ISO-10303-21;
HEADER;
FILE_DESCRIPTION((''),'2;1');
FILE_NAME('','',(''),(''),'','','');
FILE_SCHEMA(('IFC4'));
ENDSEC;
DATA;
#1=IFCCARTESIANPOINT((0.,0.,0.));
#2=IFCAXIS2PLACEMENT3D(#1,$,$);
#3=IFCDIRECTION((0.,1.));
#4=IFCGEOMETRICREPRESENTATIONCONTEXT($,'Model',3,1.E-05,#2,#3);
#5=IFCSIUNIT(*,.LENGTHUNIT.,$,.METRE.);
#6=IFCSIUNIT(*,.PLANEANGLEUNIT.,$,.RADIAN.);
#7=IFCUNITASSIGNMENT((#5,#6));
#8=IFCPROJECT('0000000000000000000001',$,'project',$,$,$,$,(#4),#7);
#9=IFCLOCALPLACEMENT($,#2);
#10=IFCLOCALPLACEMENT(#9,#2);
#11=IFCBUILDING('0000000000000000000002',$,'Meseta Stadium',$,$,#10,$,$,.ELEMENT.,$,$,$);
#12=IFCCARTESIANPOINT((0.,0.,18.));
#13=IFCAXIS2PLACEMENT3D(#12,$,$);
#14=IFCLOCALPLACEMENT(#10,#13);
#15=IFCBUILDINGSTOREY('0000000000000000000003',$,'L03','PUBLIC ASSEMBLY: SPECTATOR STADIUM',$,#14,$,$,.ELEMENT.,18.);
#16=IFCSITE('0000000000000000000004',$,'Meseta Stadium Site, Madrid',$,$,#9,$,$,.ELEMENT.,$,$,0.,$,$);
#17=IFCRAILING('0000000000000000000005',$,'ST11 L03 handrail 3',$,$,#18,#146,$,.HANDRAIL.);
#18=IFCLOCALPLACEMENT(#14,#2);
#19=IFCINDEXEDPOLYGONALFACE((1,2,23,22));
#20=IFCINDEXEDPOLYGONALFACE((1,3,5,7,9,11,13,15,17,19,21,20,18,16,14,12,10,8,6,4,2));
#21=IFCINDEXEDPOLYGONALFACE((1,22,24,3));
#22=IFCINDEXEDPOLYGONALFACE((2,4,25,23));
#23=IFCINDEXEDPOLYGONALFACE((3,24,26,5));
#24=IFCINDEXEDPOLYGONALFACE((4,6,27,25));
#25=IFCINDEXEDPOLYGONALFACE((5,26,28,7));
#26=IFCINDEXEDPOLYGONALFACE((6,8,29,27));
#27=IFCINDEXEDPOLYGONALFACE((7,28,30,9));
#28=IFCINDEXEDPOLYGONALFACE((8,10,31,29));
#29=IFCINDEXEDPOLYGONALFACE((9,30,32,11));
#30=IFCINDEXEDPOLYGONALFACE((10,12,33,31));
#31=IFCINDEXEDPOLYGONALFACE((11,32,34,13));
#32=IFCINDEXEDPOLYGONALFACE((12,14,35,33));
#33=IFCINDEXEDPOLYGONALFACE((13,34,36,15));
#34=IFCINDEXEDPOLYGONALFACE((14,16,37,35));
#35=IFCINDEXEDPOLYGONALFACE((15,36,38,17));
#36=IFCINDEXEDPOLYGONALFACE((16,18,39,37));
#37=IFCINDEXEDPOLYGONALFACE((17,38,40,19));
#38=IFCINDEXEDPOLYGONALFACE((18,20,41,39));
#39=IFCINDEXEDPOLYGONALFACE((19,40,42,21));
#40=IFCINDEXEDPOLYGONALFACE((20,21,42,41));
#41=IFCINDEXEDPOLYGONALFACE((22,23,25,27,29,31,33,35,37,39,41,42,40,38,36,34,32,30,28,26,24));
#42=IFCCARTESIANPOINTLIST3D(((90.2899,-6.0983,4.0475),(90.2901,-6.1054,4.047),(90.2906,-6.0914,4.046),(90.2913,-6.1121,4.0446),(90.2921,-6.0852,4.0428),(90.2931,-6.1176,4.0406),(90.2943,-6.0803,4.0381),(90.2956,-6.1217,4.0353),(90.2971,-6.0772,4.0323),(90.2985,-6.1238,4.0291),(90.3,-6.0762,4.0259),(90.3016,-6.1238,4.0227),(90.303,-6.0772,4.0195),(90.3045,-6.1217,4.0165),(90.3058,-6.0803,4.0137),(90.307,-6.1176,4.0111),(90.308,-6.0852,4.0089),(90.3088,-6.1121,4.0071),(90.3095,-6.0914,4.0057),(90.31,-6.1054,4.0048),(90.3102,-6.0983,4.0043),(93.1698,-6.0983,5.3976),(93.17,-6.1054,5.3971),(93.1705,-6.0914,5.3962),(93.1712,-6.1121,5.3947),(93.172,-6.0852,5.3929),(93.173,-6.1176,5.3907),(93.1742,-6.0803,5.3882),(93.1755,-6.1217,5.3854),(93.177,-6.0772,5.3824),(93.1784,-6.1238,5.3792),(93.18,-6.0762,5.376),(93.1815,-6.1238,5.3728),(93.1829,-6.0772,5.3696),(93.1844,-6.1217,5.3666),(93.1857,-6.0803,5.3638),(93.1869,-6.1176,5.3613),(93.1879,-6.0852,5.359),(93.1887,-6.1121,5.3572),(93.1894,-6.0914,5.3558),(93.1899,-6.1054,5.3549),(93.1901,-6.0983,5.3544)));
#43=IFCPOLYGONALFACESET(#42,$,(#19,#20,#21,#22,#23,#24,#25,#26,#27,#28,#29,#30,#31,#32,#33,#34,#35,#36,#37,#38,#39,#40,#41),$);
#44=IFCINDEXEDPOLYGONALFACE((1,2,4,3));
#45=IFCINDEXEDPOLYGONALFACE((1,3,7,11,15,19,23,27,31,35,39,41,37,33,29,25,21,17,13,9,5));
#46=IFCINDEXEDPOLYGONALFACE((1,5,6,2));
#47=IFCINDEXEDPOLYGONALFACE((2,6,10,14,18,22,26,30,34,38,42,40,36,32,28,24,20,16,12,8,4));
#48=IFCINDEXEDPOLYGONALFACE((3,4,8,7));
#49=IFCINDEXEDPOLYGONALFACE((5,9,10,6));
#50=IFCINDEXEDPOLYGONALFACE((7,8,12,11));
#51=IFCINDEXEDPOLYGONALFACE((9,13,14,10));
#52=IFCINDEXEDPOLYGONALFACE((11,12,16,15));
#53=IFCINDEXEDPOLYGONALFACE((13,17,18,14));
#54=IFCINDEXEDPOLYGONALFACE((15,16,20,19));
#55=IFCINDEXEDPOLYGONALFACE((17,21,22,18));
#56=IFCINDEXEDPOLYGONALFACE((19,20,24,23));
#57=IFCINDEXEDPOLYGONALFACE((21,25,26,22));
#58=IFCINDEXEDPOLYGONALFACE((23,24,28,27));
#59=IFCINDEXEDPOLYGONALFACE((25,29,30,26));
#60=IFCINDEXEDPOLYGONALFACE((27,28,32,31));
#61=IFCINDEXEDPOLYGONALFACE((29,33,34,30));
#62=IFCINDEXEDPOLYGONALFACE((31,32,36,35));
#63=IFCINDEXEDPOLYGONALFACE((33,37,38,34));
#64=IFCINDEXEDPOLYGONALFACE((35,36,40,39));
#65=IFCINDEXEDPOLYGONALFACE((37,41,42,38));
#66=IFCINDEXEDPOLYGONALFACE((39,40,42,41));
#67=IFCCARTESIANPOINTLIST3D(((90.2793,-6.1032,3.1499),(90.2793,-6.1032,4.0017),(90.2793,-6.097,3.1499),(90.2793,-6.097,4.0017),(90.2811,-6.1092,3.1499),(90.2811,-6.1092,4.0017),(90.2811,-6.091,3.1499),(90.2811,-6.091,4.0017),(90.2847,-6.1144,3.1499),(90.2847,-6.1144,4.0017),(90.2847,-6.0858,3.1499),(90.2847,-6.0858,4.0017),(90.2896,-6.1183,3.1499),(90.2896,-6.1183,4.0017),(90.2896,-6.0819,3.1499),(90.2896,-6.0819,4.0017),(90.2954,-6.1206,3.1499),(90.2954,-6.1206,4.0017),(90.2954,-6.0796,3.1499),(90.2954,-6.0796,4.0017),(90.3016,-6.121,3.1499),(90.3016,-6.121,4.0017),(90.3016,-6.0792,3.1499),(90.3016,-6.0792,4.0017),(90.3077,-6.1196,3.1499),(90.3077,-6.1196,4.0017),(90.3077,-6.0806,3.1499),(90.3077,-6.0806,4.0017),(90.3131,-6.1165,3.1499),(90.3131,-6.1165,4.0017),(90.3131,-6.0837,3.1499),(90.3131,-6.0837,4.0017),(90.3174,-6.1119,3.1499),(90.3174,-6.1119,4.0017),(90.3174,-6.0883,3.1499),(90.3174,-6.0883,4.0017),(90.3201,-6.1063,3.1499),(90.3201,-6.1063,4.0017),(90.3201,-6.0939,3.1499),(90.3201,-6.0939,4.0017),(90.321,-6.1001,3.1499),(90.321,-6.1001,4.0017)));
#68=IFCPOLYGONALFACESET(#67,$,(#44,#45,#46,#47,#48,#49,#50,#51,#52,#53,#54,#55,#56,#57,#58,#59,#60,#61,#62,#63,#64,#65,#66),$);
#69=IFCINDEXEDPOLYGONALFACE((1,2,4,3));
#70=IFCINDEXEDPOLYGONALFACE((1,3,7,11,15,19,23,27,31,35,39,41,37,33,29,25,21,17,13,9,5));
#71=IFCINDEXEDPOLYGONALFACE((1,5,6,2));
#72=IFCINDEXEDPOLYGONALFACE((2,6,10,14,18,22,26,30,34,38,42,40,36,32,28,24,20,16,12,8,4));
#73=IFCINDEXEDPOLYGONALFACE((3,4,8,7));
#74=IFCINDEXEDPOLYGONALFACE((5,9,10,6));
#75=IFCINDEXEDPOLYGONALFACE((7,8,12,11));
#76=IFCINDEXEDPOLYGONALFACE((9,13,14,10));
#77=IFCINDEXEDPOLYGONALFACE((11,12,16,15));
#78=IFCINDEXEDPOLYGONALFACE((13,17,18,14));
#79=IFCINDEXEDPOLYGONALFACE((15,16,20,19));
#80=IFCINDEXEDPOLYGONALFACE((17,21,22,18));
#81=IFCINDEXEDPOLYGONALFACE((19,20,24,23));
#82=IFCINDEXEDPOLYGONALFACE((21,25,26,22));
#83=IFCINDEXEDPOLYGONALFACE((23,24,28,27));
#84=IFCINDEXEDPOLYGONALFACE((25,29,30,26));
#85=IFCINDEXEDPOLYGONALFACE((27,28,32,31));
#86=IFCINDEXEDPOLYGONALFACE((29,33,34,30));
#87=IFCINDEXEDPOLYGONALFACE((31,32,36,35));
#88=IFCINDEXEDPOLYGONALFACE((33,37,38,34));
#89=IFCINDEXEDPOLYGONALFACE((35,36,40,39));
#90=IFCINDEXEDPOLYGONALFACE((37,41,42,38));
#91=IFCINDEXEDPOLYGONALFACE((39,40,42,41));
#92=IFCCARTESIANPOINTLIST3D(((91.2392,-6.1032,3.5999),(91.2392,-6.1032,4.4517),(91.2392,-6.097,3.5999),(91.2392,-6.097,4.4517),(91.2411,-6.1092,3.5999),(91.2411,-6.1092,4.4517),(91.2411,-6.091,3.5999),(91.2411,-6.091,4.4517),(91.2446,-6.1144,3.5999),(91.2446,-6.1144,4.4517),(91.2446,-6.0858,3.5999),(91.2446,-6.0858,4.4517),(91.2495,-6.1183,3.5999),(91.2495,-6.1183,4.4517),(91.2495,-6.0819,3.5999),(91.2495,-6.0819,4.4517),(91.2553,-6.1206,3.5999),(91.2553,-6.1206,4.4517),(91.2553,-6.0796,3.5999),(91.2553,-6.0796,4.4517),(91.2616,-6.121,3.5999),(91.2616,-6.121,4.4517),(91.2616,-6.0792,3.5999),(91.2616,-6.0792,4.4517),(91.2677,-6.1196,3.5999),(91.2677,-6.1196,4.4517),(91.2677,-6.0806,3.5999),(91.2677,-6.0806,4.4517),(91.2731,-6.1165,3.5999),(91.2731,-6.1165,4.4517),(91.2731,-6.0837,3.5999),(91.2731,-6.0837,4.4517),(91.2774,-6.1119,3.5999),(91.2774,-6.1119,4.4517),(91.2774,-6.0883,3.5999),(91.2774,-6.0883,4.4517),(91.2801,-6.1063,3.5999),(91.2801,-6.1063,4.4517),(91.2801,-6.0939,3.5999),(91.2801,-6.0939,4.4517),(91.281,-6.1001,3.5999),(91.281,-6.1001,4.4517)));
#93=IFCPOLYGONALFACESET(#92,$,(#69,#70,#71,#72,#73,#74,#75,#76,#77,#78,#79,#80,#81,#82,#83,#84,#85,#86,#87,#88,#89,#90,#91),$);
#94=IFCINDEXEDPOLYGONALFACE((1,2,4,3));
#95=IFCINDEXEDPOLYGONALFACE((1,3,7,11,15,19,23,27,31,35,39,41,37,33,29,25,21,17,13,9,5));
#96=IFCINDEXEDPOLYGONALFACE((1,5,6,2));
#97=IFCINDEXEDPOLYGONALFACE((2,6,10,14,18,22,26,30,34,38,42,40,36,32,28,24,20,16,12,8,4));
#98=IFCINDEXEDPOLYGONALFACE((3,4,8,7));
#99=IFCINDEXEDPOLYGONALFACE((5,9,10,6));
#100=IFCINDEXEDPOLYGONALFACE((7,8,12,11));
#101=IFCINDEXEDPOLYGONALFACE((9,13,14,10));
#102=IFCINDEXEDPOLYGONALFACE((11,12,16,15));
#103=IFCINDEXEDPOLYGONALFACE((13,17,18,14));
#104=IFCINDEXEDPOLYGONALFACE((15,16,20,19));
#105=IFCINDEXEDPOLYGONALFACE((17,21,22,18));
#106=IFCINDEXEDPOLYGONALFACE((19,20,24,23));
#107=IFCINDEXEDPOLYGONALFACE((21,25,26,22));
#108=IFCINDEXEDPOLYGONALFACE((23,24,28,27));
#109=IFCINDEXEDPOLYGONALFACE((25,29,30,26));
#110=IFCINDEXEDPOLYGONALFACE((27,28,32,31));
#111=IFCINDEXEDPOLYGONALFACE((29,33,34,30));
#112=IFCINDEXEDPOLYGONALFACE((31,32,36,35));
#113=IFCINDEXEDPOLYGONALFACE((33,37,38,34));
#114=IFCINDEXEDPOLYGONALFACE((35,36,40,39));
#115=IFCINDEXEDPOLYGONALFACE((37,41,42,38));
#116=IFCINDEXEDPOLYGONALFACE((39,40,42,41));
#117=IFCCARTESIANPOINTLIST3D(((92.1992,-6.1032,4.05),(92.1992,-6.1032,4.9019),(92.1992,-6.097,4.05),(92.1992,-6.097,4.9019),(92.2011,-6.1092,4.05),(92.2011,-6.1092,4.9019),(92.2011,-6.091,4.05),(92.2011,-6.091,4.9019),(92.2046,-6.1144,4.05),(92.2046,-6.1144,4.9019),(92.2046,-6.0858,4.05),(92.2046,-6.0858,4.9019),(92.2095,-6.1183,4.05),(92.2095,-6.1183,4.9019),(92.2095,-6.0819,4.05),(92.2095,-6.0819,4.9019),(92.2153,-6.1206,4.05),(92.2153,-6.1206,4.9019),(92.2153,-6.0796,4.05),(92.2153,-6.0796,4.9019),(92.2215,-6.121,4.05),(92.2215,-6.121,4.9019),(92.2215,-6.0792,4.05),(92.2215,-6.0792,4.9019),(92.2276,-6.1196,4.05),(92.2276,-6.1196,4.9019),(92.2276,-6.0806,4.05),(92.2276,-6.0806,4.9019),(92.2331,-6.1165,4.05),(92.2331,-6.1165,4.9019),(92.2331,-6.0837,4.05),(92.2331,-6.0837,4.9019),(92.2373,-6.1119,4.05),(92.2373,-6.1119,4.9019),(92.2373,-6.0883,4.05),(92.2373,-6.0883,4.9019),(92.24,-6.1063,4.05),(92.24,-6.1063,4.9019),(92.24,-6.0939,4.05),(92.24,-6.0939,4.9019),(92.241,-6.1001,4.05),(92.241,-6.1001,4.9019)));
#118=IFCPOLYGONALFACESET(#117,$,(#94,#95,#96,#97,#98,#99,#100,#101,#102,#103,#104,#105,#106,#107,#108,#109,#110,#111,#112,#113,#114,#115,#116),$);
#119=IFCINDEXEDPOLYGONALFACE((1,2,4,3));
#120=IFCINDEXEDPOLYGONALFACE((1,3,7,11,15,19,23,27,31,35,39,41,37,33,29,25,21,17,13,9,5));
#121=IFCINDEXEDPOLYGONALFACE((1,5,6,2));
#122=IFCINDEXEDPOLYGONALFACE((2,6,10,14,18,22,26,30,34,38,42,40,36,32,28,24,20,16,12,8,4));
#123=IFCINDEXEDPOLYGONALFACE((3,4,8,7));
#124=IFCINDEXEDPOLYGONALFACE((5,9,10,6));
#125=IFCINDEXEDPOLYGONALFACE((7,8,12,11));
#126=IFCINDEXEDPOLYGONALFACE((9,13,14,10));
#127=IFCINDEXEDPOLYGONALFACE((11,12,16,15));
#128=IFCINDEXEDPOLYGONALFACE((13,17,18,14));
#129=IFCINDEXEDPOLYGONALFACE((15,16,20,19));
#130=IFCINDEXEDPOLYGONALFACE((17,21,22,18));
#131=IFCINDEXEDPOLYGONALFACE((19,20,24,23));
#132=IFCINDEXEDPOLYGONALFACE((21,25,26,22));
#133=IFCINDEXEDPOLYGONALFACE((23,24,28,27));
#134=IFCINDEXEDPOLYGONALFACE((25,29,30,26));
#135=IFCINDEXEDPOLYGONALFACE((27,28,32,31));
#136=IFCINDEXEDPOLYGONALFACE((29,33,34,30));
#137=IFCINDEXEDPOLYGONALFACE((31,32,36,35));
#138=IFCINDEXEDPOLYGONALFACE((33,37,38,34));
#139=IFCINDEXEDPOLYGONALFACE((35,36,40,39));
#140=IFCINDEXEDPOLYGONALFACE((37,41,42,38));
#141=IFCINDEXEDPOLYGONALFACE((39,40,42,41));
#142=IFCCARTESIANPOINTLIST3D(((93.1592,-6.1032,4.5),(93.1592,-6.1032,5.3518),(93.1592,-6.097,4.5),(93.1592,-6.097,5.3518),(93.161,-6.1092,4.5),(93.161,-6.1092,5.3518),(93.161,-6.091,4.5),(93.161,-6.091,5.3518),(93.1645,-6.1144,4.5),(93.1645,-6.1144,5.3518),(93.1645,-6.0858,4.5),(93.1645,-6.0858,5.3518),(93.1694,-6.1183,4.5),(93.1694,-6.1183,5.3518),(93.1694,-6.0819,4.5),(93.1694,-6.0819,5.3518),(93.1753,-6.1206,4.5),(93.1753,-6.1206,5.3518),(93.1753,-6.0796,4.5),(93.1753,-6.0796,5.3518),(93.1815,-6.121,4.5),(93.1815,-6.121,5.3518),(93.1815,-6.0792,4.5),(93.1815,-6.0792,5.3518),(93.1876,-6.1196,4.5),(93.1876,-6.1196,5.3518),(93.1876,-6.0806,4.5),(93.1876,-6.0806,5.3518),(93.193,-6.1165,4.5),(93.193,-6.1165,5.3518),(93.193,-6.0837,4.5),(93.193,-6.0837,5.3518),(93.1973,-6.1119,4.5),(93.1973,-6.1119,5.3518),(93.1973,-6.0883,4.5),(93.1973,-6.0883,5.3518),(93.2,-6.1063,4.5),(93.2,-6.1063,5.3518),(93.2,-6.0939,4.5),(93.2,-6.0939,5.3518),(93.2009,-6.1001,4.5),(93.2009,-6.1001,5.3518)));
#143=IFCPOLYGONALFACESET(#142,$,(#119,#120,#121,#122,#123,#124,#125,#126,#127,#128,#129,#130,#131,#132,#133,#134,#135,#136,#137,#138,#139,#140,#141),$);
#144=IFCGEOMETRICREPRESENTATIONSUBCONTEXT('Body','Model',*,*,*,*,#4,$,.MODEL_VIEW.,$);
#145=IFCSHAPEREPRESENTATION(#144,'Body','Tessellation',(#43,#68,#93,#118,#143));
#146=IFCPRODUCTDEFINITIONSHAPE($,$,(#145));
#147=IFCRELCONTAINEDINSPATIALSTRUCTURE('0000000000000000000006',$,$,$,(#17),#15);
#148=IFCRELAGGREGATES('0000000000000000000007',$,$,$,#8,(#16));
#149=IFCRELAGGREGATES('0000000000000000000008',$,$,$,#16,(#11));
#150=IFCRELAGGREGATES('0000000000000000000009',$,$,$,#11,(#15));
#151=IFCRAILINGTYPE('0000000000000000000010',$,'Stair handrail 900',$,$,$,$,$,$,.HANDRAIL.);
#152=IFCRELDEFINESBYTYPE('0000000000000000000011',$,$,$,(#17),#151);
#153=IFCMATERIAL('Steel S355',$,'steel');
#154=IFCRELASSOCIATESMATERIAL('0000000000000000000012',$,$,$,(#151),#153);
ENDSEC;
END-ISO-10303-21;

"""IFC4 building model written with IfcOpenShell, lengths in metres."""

from ifc_helpers import new_model, si_unit, direction, frame, origin, origin_2d, place, context, subcontext, project, spatial, circle, extrude, material, type_object, element, save


model = new_model("IFC4")

# Units and contexts
model_context = context("Model", 3, precision=1e-05, world=origin(), true_north=direction((0.0, 1.0)))
body_context = subcontext(model_context, "Body", "Model", "MODEL_VIEW")
ifc_project = project(units=[si_unit("LENGTHUNIT", "METRE"), si_unit("PLANEANGLEUNIT", "RADIAN")], contexts=[model_context])

# Site, building, storey
site_placement = place(None, origin())
site = spatial("IfcSite", under=ifc_project, at=site_placement, Name="Meseta Stadium Site, Madrid", CompositionType="ELEMENT", RefElevation=0.0)
building_placement = place(site_placement, origin())
building = spatial("IfcBuilding", under=site, at=building_placement, Name="Meseta Stadium", CompositionType="ELEMENT")
storey_placement = place(building_placement, frame((0.0, 0.0, 18.0)))
storey = spatial("IfcBuildingStorey", under=building, at=storey_placement, Name="L03", Description="PUBLIC ASSEMBLY: SPECTATOR STADIUM", CompositionType="ELEMENT", Elevation=18.0)

# Railing
ifc_material_1 = material(Name="Steel S355", Category="steel")
railing_type_1 = type_object("IfcRailingType", Name="Stair handrail 900", PredefinedType="HANDRAIL", material=ifc_material_1)
for number, where, name in (
    (1, (90.3, -6.1001, 3.1499), "ST11 L03 handrail 3"),
):
    element("IfcRailing", number, at=place(storey_placement, frame(where)), inside=storey, type_object=railing_type_1, Name=name, PredefinedType="HANDRAIL", context=body_context, shape_type="SweptSolid", body=[
        extrude(circle(Radius=0.0239, at=origin_2d()), frame((0.0, 0.0, 0.876), z_axis=(0.90544, 0.0, 0.424473), x_axis=(0.0, 1.0, 0.0)), (0.0, 0.0, 1.0), 3.1807),
        extrude(circle(Radius=0.021, at=origin_2d()), origin(), (0.0, 0.0, 1.0), 0.8518),
        extrude(circle(Radius=0.021, at=origin_2d()), frame((0.96, 0.0, 0.45)), (0.0, 0.0, 1.0), 0.8518),
        extrude(circle(Radius=0.021, at=origin_2d()), frame((1.9199, 0.0, 0.9001)), (0.0, 0.0, 1.0), 0.8518),
        extrude(circle(Radius=0.021, at=origin_2d()), frame((2.8799, 0.0, 1.3501)), (0.0, 0.0, 1.0), 0.8518),
    ])

save(model, "model.ifc")
